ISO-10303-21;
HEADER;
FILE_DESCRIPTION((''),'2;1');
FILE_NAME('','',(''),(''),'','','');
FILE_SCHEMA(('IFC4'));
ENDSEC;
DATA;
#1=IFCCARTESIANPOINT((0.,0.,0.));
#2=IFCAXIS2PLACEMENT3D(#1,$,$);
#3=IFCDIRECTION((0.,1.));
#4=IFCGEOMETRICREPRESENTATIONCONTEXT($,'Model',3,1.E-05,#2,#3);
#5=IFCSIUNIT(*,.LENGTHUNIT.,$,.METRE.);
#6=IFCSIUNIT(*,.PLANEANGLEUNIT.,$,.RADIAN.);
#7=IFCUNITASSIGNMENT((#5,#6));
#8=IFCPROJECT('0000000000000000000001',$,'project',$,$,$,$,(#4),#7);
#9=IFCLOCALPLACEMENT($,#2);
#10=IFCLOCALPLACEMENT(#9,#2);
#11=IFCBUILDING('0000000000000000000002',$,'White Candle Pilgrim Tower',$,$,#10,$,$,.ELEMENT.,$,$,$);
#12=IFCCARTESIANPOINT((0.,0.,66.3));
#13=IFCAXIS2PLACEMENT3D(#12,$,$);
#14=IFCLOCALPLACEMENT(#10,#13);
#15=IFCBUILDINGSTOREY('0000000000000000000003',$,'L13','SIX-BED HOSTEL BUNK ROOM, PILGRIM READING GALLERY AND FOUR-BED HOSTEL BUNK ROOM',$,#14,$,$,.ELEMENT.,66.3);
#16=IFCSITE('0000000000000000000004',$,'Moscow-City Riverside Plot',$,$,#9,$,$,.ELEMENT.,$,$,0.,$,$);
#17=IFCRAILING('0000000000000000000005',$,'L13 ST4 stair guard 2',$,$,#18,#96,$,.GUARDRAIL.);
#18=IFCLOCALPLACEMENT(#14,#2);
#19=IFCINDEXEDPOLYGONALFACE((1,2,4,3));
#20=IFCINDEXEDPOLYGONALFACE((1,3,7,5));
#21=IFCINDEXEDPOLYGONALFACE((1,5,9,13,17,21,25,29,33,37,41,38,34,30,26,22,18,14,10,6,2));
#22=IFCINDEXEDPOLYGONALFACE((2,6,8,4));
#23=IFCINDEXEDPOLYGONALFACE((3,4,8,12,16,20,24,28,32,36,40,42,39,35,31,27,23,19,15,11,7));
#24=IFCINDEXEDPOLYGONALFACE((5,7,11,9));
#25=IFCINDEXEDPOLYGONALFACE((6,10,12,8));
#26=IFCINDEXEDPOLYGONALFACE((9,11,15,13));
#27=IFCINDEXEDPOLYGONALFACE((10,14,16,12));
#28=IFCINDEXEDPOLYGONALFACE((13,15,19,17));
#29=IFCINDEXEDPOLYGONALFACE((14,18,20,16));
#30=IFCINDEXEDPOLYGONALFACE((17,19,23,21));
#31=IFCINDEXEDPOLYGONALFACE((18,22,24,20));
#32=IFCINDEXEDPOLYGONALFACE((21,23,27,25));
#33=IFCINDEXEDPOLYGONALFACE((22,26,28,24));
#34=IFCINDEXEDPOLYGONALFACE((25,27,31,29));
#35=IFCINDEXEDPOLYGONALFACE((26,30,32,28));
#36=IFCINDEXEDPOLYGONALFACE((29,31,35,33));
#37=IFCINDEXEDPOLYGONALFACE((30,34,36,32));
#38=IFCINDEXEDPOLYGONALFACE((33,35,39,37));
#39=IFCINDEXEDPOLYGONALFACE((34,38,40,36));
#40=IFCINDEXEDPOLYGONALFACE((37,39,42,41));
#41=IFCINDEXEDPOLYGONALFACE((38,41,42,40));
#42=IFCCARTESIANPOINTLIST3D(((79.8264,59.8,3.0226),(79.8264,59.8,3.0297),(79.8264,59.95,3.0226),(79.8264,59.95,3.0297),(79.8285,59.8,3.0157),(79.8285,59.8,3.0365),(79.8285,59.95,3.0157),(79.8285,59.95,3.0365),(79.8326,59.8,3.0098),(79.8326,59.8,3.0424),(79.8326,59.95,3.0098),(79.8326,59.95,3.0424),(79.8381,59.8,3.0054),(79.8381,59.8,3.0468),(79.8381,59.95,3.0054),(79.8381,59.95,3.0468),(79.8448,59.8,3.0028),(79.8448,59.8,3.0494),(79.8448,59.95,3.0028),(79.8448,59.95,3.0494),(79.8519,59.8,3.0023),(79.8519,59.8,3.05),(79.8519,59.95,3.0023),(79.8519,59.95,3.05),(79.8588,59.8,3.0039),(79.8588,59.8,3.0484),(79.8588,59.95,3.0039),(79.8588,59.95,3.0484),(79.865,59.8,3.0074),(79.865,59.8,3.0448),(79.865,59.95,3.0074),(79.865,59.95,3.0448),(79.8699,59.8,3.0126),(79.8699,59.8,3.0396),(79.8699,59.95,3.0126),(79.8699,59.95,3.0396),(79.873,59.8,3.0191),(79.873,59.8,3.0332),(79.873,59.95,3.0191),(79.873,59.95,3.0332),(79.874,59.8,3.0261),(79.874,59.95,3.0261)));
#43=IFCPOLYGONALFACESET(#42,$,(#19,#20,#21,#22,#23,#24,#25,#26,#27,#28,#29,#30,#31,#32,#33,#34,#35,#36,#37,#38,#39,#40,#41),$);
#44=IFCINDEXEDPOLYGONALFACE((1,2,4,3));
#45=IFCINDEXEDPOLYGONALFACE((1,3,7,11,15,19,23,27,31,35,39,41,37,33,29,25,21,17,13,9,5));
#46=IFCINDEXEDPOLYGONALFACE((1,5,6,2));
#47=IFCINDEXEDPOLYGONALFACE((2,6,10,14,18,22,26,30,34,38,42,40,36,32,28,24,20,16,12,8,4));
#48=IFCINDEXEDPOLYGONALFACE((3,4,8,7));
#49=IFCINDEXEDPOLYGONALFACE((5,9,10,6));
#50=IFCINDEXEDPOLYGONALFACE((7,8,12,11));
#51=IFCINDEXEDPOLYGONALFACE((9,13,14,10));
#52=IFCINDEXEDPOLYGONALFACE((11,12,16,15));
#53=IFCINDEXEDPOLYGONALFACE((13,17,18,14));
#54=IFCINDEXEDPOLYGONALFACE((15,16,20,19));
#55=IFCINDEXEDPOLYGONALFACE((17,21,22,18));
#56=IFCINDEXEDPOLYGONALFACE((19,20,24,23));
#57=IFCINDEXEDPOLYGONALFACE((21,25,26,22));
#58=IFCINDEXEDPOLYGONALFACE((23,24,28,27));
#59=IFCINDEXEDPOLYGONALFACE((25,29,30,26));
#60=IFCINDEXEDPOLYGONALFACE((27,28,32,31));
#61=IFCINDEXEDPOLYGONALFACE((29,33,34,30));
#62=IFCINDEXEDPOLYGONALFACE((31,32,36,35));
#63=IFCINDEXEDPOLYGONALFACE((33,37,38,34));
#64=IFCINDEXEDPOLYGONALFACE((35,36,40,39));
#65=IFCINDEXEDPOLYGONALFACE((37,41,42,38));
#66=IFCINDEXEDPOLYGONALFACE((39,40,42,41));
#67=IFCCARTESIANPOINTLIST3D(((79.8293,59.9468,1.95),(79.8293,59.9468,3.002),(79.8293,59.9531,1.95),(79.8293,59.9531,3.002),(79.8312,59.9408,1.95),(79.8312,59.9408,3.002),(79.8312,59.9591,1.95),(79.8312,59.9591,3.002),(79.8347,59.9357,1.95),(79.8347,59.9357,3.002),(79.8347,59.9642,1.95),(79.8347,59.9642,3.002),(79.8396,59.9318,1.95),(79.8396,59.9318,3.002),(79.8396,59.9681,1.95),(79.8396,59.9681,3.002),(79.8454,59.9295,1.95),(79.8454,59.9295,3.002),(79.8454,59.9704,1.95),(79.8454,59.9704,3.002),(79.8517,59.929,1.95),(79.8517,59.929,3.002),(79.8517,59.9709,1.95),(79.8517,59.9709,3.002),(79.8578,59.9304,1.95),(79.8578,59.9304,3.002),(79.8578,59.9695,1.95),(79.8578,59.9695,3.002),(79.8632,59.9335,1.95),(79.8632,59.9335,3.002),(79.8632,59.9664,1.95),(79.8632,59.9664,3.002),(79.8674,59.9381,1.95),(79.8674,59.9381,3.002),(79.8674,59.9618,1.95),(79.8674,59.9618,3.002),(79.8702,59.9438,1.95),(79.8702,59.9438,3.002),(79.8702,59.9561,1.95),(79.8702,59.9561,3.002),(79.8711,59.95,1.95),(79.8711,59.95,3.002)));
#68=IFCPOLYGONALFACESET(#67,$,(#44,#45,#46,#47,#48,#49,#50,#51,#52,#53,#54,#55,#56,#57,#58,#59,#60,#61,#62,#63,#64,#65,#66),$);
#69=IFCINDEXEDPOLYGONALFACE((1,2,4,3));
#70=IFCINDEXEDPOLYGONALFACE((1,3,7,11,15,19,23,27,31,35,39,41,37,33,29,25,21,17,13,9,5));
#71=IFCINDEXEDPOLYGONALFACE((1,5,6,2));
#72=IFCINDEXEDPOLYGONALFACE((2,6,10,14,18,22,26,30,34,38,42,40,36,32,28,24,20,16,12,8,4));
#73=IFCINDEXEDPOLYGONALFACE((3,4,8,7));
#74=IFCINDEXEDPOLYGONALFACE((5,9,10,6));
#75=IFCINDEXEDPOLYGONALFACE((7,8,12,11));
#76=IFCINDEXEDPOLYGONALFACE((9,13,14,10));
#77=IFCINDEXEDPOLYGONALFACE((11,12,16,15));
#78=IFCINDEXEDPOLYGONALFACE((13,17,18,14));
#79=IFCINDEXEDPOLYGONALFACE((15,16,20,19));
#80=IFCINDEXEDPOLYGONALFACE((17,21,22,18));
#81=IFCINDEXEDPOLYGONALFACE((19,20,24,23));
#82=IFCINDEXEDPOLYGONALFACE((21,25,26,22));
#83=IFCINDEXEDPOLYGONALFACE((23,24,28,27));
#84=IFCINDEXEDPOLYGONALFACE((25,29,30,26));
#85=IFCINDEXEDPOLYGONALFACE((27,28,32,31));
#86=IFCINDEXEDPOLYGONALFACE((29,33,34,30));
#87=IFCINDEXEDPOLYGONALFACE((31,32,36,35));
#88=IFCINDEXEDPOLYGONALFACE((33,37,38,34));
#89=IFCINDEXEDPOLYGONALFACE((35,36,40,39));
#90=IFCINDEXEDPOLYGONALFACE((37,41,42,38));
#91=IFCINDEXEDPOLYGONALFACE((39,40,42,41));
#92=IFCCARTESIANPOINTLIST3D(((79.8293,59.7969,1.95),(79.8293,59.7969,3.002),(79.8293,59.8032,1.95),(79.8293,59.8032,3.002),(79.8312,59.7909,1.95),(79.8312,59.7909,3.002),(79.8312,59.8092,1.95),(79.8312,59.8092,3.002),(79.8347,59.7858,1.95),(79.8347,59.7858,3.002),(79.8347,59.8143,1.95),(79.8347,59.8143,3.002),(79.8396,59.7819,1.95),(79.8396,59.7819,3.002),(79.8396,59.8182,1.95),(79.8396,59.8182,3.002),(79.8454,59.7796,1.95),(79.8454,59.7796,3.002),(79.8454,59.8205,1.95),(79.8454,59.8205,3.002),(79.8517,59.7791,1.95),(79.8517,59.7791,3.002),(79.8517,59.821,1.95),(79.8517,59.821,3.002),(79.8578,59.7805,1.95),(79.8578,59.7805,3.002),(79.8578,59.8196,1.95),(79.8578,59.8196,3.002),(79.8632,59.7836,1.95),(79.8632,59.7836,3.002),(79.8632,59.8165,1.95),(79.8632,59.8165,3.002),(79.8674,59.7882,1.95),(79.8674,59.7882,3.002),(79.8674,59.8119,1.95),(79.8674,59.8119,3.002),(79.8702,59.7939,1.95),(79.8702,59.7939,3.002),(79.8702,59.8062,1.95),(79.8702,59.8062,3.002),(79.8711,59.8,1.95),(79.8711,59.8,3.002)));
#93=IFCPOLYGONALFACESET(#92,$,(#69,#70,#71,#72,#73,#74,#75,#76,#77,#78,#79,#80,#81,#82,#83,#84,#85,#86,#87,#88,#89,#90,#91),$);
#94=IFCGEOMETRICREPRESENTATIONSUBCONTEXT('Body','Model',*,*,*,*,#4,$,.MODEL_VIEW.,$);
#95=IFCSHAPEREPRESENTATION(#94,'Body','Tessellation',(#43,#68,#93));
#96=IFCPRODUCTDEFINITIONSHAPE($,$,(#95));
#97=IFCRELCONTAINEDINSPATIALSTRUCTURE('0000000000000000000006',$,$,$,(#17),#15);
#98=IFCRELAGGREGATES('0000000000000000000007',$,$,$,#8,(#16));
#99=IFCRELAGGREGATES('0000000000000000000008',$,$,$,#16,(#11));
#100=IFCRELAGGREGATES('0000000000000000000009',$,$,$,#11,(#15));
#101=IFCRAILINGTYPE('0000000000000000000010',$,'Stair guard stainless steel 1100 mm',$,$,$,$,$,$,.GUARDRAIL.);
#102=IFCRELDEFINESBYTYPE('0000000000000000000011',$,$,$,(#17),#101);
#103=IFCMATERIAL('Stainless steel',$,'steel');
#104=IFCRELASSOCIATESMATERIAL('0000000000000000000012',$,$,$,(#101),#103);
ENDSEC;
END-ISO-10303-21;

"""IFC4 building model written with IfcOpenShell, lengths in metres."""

from ifc_helpers import new_model, si_unit, direction, frame, origin, origin_2d, place, context, subcontext, project, spatial, circle, extrude, material, type_object, element, save


model = new_model("IFC4")

# Units and contexts
model_context = context("Model", 3, precision=1e-05, world=origin(), true_north=direction((0.0, 1.0)))
body_context = subcontext(model_context, "Body", "Model", "MODEL_VIEW")
ifc_project = project(units=[si_unit("LENGTHUNIT", "METRE"), si_unit("PLANEANGLEUNIT", "RADIAN")], contexts=[model_context])

# Site, building, storey
site_placement = place(None, origin())
site = spatial("IfcSite", under=ifc_project, at=site_placement, Name="Moscow-City Riverside Plot", CompositionType="ELEMENT", RefElevation=0.0)
building_placement = place(site_placement, origin())
building = spatial("IfcBuilding", under=site, at=building_placement, Name="White Candle Pilgrim Tower", CompositionType="ELEMENT")
storey_placement = place(building_placement, frame((0.0, 0.0, 66.3)))
storey = spatial("IfcBuildingStorey", under=building, at=storey_placement, Name="L13", Description="SIX-BED HOSTEL BUNK ROOM, PILGRIM READING GALLERY AND FOUR-BED HOSTEL BUNK ROOM", CompositionType="ELEMENT", Elevation=66.3)

# Railing
ifc_material_1 = material(Name="Stainless steel", Category="steel")
railing_type_1 = type_object("IfcRailingType", Name="Stair guard stainless steel 1100 mm", PredefinedType="GUARDRAIL", material=ifc_material_1)
railing_1_placement = place(storey_placement, frame((79.8501, 59.95, 1.95)))
element("IfcRailing", 1, at=railing_1_placement, inside=storey, type_object=railing_type_1, Name="L13 ST4 stair guard 2", PredefinedType="GUARDRAIL", context=body_context, shape_type="SweptSolid", body=[
    extrude(circle(Radius=0.0239, at=origin_2d()), frame((0.0, 0.0, 1.0762), z_axis=(0.0, -1.0, 0.0), x_axis=(1.0, 0.0, 0.0)), (0.0, 0.0, 1.0), 0.1499),
    extrude(circle(Radius=0.021, at=origin_2d()), origin(), (0.0, 0.0, 1.0), 1.052),
    extrude(circle(Radius=0.021, at=origin_2d()), frame((0.0, -0.1499, 0.0)), (0.0, 0.0, 1.0), 1.052),
])

save(model, "model.ifc")
